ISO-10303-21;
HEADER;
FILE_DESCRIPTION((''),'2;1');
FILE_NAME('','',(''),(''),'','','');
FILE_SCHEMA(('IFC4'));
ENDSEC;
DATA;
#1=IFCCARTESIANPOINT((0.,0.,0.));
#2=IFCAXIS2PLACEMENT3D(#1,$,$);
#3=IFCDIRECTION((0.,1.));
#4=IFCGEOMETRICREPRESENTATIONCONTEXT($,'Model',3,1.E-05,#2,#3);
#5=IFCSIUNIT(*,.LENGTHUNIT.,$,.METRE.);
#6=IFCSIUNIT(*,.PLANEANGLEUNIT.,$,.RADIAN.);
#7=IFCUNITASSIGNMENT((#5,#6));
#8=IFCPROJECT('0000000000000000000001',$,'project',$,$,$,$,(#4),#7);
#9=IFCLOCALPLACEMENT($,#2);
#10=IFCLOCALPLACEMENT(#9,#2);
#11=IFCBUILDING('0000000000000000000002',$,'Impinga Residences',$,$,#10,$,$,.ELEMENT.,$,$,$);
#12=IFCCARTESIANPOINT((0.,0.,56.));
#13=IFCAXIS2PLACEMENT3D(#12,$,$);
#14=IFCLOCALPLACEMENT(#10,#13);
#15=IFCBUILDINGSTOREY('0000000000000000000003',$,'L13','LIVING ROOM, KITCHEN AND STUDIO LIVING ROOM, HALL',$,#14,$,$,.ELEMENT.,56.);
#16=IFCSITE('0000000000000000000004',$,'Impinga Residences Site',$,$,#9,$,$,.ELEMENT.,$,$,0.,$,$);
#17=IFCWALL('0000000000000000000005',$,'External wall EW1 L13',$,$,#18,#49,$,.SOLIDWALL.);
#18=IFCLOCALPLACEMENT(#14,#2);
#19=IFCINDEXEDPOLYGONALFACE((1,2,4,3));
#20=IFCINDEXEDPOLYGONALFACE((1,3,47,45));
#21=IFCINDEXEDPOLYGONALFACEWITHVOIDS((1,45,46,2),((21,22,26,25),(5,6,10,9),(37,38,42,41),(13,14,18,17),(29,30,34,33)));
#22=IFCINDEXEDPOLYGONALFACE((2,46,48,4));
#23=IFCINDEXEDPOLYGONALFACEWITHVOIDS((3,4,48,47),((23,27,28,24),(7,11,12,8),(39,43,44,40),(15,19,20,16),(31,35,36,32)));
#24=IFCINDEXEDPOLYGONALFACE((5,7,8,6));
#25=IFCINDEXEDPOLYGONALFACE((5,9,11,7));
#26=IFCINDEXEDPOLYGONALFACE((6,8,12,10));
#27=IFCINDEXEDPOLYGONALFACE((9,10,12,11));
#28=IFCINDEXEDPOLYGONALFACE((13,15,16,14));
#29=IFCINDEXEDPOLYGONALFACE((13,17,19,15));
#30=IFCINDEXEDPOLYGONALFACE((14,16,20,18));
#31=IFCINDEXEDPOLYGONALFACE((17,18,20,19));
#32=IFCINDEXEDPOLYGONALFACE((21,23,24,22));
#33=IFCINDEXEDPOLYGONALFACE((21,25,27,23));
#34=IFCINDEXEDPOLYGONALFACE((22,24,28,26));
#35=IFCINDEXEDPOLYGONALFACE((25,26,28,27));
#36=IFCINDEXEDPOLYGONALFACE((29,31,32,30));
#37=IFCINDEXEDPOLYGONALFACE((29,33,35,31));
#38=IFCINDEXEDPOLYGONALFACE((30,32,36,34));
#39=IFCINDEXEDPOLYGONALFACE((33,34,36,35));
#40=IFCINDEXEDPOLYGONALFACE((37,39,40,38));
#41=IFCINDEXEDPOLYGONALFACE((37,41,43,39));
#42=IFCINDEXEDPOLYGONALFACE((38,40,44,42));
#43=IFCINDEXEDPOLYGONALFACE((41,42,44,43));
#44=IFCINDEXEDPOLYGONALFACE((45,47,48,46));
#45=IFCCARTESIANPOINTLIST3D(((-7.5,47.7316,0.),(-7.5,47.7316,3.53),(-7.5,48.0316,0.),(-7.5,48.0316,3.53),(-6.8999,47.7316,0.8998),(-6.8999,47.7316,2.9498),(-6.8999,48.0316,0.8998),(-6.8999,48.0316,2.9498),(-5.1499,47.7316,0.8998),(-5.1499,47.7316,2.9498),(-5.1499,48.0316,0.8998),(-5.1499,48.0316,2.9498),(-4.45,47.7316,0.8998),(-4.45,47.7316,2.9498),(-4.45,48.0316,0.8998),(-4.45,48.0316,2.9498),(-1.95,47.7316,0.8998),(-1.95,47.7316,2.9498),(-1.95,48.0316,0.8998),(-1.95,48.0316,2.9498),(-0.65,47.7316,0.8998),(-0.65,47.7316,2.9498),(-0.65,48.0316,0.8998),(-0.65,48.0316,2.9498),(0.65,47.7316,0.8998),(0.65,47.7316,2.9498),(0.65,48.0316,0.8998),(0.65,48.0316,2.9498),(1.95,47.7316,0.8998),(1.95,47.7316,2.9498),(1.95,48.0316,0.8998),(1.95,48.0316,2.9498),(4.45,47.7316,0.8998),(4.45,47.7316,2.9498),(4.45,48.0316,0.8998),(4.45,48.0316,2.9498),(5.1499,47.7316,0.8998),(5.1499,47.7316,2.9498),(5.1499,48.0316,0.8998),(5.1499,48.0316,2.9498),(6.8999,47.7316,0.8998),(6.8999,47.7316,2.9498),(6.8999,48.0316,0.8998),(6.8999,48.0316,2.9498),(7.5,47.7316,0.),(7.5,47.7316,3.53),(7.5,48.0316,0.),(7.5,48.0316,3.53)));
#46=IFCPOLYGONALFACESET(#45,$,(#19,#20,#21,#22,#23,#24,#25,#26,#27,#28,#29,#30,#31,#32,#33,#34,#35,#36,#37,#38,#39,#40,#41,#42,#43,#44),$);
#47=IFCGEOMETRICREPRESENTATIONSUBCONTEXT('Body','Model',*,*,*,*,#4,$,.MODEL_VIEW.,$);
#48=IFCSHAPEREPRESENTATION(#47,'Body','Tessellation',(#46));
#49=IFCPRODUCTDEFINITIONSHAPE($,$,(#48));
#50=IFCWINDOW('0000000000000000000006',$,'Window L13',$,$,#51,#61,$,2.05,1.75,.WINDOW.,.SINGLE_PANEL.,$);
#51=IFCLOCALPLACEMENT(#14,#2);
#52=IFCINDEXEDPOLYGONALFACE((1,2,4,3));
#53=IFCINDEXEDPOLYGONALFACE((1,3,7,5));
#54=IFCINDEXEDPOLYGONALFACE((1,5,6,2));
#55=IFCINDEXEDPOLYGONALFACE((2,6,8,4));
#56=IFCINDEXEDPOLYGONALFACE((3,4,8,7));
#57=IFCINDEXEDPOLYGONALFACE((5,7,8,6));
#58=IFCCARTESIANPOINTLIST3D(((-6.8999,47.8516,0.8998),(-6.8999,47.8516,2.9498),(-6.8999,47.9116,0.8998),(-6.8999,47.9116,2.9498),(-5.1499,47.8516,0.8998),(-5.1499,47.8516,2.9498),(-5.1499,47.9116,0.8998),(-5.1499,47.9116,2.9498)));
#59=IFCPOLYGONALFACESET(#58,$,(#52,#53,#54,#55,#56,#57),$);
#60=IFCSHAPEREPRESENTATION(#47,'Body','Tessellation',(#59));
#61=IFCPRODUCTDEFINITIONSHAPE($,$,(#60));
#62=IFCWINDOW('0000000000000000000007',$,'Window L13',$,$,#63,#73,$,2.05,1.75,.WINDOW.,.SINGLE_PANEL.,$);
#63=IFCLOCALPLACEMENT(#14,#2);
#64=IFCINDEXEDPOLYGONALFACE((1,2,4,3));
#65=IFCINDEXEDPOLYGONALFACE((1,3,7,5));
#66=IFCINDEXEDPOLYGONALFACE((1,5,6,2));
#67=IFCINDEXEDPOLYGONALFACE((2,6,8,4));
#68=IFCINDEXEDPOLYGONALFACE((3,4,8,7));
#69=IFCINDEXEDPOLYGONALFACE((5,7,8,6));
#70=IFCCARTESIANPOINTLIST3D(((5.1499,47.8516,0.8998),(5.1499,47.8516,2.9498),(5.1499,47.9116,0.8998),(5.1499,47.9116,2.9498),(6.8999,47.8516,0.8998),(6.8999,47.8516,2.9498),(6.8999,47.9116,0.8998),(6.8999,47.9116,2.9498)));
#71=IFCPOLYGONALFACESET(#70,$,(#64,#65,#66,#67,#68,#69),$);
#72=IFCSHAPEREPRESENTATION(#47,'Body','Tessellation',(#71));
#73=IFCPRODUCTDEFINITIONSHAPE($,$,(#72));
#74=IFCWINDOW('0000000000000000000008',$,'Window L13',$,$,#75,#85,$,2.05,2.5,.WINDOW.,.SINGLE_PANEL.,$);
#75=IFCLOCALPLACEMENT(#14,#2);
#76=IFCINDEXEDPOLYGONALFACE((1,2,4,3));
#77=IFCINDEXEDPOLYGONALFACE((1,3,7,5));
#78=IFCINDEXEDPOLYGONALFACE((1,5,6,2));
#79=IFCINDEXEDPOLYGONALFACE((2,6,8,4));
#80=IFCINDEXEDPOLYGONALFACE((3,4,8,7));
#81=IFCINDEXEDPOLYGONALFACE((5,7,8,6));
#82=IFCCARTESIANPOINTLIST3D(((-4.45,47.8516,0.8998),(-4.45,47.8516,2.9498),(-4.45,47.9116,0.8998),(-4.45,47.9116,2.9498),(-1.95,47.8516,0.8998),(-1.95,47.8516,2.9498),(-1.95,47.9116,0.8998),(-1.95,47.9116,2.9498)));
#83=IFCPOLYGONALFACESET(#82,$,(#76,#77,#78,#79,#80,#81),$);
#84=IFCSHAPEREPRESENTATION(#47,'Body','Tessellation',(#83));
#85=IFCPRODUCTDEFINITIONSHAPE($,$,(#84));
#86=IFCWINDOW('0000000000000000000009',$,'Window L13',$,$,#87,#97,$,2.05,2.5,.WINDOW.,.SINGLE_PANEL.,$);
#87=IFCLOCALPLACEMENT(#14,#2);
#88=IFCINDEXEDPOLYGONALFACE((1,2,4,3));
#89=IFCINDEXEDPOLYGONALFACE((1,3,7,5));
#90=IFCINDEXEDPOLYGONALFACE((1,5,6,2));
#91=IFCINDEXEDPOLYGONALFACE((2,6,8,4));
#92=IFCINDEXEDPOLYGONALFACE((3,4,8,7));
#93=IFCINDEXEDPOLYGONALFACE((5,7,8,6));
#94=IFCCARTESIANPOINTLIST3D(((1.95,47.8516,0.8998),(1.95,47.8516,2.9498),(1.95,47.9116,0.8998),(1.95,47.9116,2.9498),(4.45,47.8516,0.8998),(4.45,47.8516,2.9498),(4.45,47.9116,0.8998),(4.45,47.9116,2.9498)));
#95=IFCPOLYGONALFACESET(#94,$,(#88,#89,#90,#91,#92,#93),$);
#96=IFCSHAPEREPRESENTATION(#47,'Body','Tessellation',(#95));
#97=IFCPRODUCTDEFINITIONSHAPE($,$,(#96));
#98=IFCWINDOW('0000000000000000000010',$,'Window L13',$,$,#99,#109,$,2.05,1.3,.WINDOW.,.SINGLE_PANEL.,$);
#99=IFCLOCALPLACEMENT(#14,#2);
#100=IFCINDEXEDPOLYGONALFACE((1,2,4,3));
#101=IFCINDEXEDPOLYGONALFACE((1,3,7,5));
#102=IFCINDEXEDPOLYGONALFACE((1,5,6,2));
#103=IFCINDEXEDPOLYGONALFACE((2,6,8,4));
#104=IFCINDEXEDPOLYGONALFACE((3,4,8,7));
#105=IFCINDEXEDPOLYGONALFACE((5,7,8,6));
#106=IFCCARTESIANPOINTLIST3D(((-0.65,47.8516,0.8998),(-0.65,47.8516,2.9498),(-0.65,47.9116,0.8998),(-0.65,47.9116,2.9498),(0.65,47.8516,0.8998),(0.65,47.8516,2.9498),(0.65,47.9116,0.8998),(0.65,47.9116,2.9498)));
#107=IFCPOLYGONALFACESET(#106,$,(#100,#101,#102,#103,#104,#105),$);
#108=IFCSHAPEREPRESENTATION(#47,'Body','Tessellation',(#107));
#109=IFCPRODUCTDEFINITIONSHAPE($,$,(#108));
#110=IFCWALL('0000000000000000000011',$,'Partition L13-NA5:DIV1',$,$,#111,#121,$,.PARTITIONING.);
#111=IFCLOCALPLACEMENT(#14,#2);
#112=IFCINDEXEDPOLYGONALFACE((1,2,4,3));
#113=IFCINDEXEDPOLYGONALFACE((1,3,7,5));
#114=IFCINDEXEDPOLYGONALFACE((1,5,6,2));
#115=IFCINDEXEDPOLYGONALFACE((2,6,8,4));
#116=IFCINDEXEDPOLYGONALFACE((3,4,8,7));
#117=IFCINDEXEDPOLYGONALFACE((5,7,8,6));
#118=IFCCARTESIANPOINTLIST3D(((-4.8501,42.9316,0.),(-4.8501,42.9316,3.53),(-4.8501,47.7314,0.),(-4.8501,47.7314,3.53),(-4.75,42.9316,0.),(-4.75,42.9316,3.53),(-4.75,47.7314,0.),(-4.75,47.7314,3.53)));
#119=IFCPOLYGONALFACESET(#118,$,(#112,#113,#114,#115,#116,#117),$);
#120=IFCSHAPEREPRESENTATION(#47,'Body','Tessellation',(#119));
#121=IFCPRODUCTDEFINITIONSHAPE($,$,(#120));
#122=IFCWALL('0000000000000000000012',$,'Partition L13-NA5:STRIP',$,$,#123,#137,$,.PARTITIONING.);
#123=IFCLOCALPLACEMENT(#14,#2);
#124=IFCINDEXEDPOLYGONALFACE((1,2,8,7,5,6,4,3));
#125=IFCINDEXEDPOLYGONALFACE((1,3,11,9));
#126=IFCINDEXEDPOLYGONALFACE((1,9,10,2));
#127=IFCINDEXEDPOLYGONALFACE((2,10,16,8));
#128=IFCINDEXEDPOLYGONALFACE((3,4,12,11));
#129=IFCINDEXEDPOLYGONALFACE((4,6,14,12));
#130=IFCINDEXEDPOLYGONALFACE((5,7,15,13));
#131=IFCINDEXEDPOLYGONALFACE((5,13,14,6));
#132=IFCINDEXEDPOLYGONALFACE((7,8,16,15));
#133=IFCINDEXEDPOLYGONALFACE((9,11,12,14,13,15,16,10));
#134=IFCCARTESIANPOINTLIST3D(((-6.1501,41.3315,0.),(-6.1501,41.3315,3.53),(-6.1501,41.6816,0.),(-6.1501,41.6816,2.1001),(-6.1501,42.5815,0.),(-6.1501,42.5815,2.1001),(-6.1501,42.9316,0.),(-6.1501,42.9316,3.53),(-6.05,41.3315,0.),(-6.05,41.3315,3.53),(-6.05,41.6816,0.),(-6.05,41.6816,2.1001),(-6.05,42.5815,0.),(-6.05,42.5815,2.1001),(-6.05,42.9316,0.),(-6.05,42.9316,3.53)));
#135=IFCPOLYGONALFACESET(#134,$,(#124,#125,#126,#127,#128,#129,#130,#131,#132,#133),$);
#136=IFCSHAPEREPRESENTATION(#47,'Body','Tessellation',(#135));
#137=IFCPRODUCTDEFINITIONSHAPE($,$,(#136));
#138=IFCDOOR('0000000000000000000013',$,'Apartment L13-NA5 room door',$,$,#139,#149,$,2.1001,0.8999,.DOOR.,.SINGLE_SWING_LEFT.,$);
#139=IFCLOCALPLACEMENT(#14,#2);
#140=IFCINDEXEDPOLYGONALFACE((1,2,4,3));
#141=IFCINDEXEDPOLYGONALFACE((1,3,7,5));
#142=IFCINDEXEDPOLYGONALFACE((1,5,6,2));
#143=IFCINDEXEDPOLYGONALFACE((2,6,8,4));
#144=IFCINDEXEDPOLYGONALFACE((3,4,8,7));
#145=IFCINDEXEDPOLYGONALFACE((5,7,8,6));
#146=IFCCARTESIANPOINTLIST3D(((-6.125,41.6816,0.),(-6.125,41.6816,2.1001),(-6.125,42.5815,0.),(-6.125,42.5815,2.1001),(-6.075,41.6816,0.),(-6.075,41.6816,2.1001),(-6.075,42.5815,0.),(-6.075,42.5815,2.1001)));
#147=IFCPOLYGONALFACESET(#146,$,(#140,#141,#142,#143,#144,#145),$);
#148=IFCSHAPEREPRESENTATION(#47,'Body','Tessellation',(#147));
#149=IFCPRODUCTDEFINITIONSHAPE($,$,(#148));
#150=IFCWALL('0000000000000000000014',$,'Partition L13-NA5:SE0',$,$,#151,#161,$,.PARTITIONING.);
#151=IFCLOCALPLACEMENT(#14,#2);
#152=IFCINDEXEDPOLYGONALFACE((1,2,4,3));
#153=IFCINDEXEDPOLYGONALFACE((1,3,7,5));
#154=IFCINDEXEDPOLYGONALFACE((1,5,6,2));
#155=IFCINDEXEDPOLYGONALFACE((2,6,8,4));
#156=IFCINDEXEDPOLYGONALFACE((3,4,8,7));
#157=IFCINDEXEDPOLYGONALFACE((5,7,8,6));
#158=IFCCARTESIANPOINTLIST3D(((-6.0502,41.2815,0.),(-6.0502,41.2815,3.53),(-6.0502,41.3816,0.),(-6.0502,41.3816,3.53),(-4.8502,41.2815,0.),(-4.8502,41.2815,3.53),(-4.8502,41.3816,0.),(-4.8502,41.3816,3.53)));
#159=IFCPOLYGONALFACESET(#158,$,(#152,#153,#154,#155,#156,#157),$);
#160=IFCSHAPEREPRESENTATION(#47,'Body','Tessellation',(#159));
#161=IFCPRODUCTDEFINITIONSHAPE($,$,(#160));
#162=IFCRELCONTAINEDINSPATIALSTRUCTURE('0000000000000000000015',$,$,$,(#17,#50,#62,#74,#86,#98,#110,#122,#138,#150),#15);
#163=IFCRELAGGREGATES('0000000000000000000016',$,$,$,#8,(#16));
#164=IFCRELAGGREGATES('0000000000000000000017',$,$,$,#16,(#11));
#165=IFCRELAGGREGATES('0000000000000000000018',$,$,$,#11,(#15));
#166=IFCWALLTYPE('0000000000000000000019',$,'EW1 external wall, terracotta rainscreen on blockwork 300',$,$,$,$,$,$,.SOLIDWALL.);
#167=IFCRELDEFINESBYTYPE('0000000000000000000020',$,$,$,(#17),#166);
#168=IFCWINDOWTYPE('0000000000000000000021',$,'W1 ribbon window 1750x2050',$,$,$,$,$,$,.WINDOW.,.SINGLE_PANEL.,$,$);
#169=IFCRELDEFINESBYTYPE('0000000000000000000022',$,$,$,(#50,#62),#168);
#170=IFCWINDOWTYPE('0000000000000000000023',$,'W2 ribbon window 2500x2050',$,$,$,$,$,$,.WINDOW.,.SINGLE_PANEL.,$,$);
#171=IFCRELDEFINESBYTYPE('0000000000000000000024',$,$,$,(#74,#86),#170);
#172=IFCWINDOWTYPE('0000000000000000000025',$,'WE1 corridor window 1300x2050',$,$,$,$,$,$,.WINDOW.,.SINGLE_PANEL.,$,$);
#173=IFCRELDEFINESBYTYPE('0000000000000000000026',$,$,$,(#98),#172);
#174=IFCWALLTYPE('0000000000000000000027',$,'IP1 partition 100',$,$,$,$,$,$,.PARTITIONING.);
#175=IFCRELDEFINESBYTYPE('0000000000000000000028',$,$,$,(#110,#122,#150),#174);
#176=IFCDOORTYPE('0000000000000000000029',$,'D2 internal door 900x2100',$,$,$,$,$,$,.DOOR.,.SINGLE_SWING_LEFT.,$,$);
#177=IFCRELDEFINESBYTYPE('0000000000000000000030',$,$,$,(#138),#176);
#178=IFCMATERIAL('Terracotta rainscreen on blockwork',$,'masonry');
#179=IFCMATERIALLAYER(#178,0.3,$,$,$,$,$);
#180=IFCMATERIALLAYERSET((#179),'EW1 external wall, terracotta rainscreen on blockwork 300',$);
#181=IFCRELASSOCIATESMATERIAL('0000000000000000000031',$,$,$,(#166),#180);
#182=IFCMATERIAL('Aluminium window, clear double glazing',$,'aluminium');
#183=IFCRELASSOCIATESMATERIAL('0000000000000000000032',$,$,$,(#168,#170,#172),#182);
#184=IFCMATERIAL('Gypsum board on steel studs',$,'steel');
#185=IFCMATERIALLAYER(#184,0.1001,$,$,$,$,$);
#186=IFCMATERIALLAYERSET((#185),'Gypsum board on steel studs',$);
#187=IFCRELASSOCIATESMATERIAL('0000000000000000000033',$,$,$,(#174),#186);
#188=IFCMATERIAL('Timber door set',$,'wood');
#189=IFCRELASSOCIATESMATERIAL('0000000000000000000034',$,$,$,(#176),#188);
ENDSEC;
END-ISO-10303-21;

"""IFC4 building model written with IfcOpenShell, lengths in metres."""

from ifc_helpers import new_model, si_unit, direction, frame, frame_2d, origin, place, context, subcontext, project, spatial, rectangle, extrude, material, layer, layer_set, type_object, element, fill, save


model = new_model("IFC4")

# Units and contexts
model_context = context("Model", 3, precision=1e-05, world=origin(), true_north=direction((0.0, 1.0)))
body_context = subcontext(model_context, "Body", "Model", "MODEL_VIEW")
ifc_project = project(units=[si_unit("LENGTHUNIT", "METRE"), si_unit("PLANEANGLEUNIT", "RADIAN")], contexts=[model_context])

# Site, building, storey
site_placement = place(None, origin())
site = spatial("IfcSite", under=ifc_project, at=site_placement, Name="Impinga Residences Site", CompositionType="ELEMENT", RefElevation=0.0)
building_placement = place(site_placement, origin())
building = spatial("IfcBuilding", under=site, at=building_placement, Name="Impinga Residences", CompositionType="ELEMENT")
storey_placement = place(building_placement, frame((0.0, 0.0, 56.0)))
storey = spatial("IfcBuildingStorey", under=building, at=storey_placement, Name="L13", Description="LIVING ROOM, KITCHEN AND STUDIO LIVING ROOM, HALL", CompositionType="ELEMENT", Elevation=56.0)

# Shared definitions
ifc_material_1 = material(Name="Terracotta rainscreen on blockwork", Category="masonry")
ifc_layer_1 = layer(ifc_material_1, 0.3)
ifc_layer_set_1 = layer_set([ifc_layer_1], Name="EW1 external wall, terracotta rainscreen on blockwork 300")
wall_type_1 = type_object("IfcWallType", Name="EW1 external wall, terracotta rainscreen on blockwork 300", PredefinedType="SOLIDWALL", material=ifc_layer_set_1)

# Wall, openings, windows
wall_1_placement = place(storey_placement, frame((-7.5, 47.8816, 0.0), z_axis=(0.0, 0.0, 1.0), x_axis=(1.0, 0.0, 0.0)))
wall_1 = element("IfcWall", 1, at=wall_1_placement, inside=storey, type_object=wall_type_1, Name="External wall EW1 L13", PredefinedType="SOLIDWALL", context=body_context, shape_type="SweptSolid", body=[
    extrude(rectangle(XDim=15.0, YDim=0.3, at=frame_2d((7.5, 0.0))), origin(), (0.0, 0.0, 1.0), 3.53),
])
opening_1_placement = place(wall_1_placement, frame((0.6001, 0.0, 0.8999)))
opening_1 = element("IfcOpeningElement", 2, at=opening_1_placement, cuts=wall_1, PredefinedType="OPENING", context=body_context, shape_type="SweptSolid", body=[
    extrude(rectangle(XDim=1.75, YDim=2.05, at=frame_2d((0.875, 1.0249))), frame((0.0, 0.1599, 0.0), z_axis=(0.0, -1.0, 0.0), x_axis=(1.0, 0.0, 0.0)), (0.0, 0.0, 1.0), 0.3201),
])
opening_2_placement = place(wall_1_placement, frame((3.05, 0.0, 0.8999)))
opening_2 = element("IfcOpeningElement", 3, at=opening_2_placement, cuts=wall_1, PredefinedType="OPENING", context=body_context, shape_type="SweptSolid", body=[
    extrude(rectangle(XDim=2.5, YDim=2.05, at=frame_2d((1.25, 1.0249))), frame((0.0, 0.1599, 0.0), z_axis=(0.0, -1.0, 0.0), x_axis=(1.0, 0.0, 0.0)), (0.0, 0.0, 1.0), 0.3201),
])
opening_3_placement = place(wall_1_placement, frame((6.8501, 0.0, 0.8999)))
opening_3 = element("IfcOpeningElement", 4, at=opening_3_placement, cuts=wall_1, PredefinedType="OPENING", context=body_context, shape_type="SweptSolid", body=[
    extrude(rectangle(XDim=1.3, YDim=2.05, at=frame_2d((0.6499, 1.0249))), frame((0.0, 0.1599, 0.0), z_axis=(0.0, -1.0, 0.0), x_axis=(1.0, 0.0, 0.0)), (0.0, 0.0, 1.0), 0.3201),
])
opening_4_placement = place(wall_1_placement, frame((9.45, 0.0, 0.8999)))
opening_4 = element("IfcOpeningElement", 5, at=opening_4_placement, cuts=wall_1, PredefinedType="OPENING", context=body_context, shape_type="SweptSolid", body=[
    extrude(rectangle(XDim=2.5, YDim=2.05, at=frame_2d((1.25, 1.0249))), frame((0.0, 0.1599, 0.0), z_axis=(0.0, -1.0, 0.0), x_axis=(1.0, 0.0, 0.0)), (0.0, 0.0, 1.0), 0.3201),
])
opening_5_placement = place(wall_1_placement, frame((12.6499, 0.0, 0.8999)))
opening_5 = element("IfcOpeningElement", 6, at=opening_5_placement, cuts=wall_1, PredefinedType="OPENING", context=body_context, shape_type="SweptSolid", body=[
    extrude(rectangle(XDim=1.75, YDim=2.05, at=frame_2d((0.875, 1.0249))), frame((0.0, 0.1599, 0.0), z_axis=(0.0, -1.0, 0.0), x_axis=(1.0, 0.0, 0.0)), (0.0, 0.0, 1.0), 0.3201),
])
ifc_material_2 = material(Name="Aluminium window, clear double glazing", Category="aluminium")
window_type_1 = type_object("IfcWindowType", Name="W1 ribbon window 1750x2050", PartitioningType="SINGLE_PANEL", PredefinedType="WINDOW", material=ifc_material_2)
window_1_placement = place(opening_1_placement, origin())
window_1 = element("IfcWindow", 7, at=window_1_placement, inside=storey, type_object=window_type_1, Name="Window L13", OverallHeight=2.05, OverallWidth=1.75, PartitioningType="SINGLE_PANEL", PredefinedType="WINDOW", context=body_context, shape_type="SweptSolid", body=[
    extrude(rectangle(XDim=1.75, YDim=2.05, at=frame_2d((0.875, 1.0249))), frame((0.0, 0.03, 0.0), z_axis=(0.0, -1.0, 0.0), x_axis=(1.0, 0.0, 0.0)), (0.0, 0.0, 1.0), 0.0601),
])
fill(opening_1, window_1)
window_2_placement = place(opening_5_placement, origin())
window_2 = element("IfcWindow", 8, at=window_2_placement, inside=storey, type_object=window_type_1, Name="Window L13", OverallHeight=2.05, OverallWidth=1.75, PartitioningType="SINGLE_PANEL", PredefinedType="WINDOW", context=body_context, shape_type="SweptSolid", body=[
    extrude(rectangle(XDim=1.75, YDim=2.05, at=frame_2d((0.875, 1.0249))), frame((0.0, 0.03, 0.0), z_axis=(0.0, -1.0, 0.0), x_axis=(1.0, 0.0, 0.0)), (0.0, 0.0, 1.0), 0.0601),
])
fill(opening_5, window_2)
window_type_2 = type_object("IfcWindowType", Name="W2 ribbon window 2500x2050", PartitioningType="SINGLE_PANEL", PredefinedType="WINDOW", material=ifc_material_2)
window_3_placement = place(opening_2_placement, origin())
window_3 = element("IfcWindow", 9, at=window_3_placement, inside=storey, type_object=window_type_2, Name="Window L13", OverallHeight=2.05, OverallWidth=2.5, PartitioningType="SINGLE_PANEL", PredefinedType="WINDOW", context=body_context, shape_type="SweptSolid", body=[
    extrude(rectangle(XDim=2.5, YDim=2.05, at=frame_2d((1.25, 1.0249))), frame((0.0, 0.03, 0.0), z_axis=(0.0, -1.0, 0.0), x_axis=(1.0, 0.0, 0.0)), (0.0, 0.0, 1.0), 0.0601),
])
fill(opening_2, window_3)
window_4_placement = place(opening_4_placement, origin())
window_4 = element("IfcWindow", 10, at=window_4_placement, inside=storey, type_object=window_type_2, Name="Window L13", OverallHeight=2.05, OverallWidth=2.5, PartitioningType="SINGLE_PANEL", PredefinedType="WINDOW", context=body_context, shape_type="SweptSolid", body=[
    extrude(rectangle(XDim=2.5, YDim=2.05, at=frame_2d((1.25, 1.0249))), frame((0.0, 0.03, 0.0), z_axis=(0.0, -1.0, 0.0), x_axis=(1.0, 0.0, 0.0)), (0.0, 0.0, 1.0), 0.0601),
])
fill(opening_4, window_4)
window_type_3 = type_object("IfcWindowType", Name="WE1 corridor window 1300x2050", PartitioningType="SINGLE_PANEL", PredefinedType="WINDOW", material=ifc_material_2)
window_5_placement = place(opening_3_placement, origin())
window_5 = element("IfcWindow", 11, at=window_5_placement, inside=storey, type_object=window_type_3, Name="Window L13", OverallHeight=2.05, OverallWidth=1.3, PartitioningType="SINGLE_PANEL", PredefinedType="WINDOW", context=body_context, shape_type="SweptSolid", body=[
    extrude(rectangle(XDim=1.3, YDim=2.05, at=frame_2d((0.6499, 1.0249))), frame((0.0, 0.03, 0.0), z_axis=(0.0, -1.0, 0.0), x_axis=(1.0, 0.0, 0.0)), (0.0, 0.0, 1.0), 0.0601),
])
fill(opening_3, window_5)

# Wall
ifc_material_3 = material(Name="Gypsum board on steel studs", Category="steel")
ifc_layer_2 = layer(ifc_material_3, 0.1001)
ifc_layer_set_2 = layer_set([ifc_layer_2], Name="Gypsum board on steel studs")
wall_type_2 = type_object("IfcWallType", Name="IP1 partition 100", PredefinedType="PARTITIONING", material=ifc_layer_set_2)
wall_2_placement = place(storey_placement, frame((-4.8, 42.9316, 0.0), z_axis=(0.0, 0.0, 1.0), x_axis=(0.0, 1.0, 0.0)))
element("IfcWall", 12, at=wall_2_placement, inside=storey, type_object=wall_type_2, Name="Partition L13-NA5:DIV1", PredefinedType="PARTITIONING", context=body_context, shape_type="SweptSolid", body=[
    extrude(rectangle(XDim=4.7998, YDim=0.1001, at=frame_2d((2.3999, 0.0))), origin(), (0.0, 0.0, 1.0), 3.53),
])

# Wall, opening, door
wall_3_placement = place(storey_placement, frame((-6.1001, 41.3315, 0.0), z_axis=(0.0, 0.0, 1.0), x_axis=(0.0, 1.0, 0.0)))
wall_3 = element("IfcWall", 13, at=wall_3_placement, inside=storey, type_object=wall_type_2, Name="Partition L13-NA5:STRIP", PredefinedType="PARTITIONING", context=body_context, shape_type="SweptSolid", body=[
    extrude(rectangle(XDim=1.6001, YDim=0.1001, at=frame_2d((0.8, 0.0))), origin(), (0.0, 0.0, 1.0), 3.53),
])
opening_6_placement = place(wall_3_placement, frame((0.3501, 0.0, 0.0)))
opening_6 = element("IfcOpeningElement", 14, at=opening_6_placement, cuts=wall_3, PredefinedType="OPENING", context=body_context, shape_type="SweptSolid", body=[
    extrude(rectangle(XDim=0.8999, YDim=2.1001, at=frame_2d((0.45, 1.05))), frame((0.0, 0.0601, 0.0), z_axis=(0.0, -1.0, 0.0), x_axis=(1.0, 0.0, 0.0)), (0.0, 0.0, 1.0), 0.1201),
])
ifc_material_4 = material(Name="Timber door set", Category="wood")
door_type = type_object("IfcDoorType", Name="D2 internal door 900x2100", OperationType="SINGLE_SWING_LEFT", PredefinedType="DOOR", material=ifc_material_4)
door_1_placement = place(opening_6_placement, origin())
door_1 = element("IfcDoor", 15, at=door_1_placement, inside=storey, type_object=door_type, Name="Apartment L13-NA5 room door", OperationType="SINGLE_SWING_LEFT", OverallHeight=2.1001, OverallWidth=0.8999, PredefinedType="DOOR", context=body_context, shape_type="SweptSolid", body=[
    extrude(rectangle(XDim=0.8999, YDim=2.1001, at=frame_2d((0.45, 1.05))), frame((0.0, 0.0249, 0.0), z_axis=(0.0, -1.0, 0.0), x_axis=(1.0, 0.0, 0.0)), (0.0, 0.0, 1.0), 0.05),
])
fill(opening_6, door_1)

# Wall
for number, where, z_axis, x_axis, name in (
    (16, (-4.8501, 41.3315, 0.0), (0.0, 0.0, 1.0), (-1.0, 0.0, 0.0), "Partition L13-NA5:SE0"),
):
    element("IfcWall", number, at=place(storey_placement, frame(where, z_axis=z_axis, x_axis=x_axis)), inside=storey, type_object=wall_type_2, Name=name, PredefinedType="PARTITIONING", context=body_context, shape_type="SweptSolid", body=[
        extrude(rectangle(XDim=1.2, YDim=0.1001, at=frame_2d((0.6001, 0.0))), origin(), (0.0, 0.0, 1.0), 3.53),
    ])

save(model, "model.ifc")
